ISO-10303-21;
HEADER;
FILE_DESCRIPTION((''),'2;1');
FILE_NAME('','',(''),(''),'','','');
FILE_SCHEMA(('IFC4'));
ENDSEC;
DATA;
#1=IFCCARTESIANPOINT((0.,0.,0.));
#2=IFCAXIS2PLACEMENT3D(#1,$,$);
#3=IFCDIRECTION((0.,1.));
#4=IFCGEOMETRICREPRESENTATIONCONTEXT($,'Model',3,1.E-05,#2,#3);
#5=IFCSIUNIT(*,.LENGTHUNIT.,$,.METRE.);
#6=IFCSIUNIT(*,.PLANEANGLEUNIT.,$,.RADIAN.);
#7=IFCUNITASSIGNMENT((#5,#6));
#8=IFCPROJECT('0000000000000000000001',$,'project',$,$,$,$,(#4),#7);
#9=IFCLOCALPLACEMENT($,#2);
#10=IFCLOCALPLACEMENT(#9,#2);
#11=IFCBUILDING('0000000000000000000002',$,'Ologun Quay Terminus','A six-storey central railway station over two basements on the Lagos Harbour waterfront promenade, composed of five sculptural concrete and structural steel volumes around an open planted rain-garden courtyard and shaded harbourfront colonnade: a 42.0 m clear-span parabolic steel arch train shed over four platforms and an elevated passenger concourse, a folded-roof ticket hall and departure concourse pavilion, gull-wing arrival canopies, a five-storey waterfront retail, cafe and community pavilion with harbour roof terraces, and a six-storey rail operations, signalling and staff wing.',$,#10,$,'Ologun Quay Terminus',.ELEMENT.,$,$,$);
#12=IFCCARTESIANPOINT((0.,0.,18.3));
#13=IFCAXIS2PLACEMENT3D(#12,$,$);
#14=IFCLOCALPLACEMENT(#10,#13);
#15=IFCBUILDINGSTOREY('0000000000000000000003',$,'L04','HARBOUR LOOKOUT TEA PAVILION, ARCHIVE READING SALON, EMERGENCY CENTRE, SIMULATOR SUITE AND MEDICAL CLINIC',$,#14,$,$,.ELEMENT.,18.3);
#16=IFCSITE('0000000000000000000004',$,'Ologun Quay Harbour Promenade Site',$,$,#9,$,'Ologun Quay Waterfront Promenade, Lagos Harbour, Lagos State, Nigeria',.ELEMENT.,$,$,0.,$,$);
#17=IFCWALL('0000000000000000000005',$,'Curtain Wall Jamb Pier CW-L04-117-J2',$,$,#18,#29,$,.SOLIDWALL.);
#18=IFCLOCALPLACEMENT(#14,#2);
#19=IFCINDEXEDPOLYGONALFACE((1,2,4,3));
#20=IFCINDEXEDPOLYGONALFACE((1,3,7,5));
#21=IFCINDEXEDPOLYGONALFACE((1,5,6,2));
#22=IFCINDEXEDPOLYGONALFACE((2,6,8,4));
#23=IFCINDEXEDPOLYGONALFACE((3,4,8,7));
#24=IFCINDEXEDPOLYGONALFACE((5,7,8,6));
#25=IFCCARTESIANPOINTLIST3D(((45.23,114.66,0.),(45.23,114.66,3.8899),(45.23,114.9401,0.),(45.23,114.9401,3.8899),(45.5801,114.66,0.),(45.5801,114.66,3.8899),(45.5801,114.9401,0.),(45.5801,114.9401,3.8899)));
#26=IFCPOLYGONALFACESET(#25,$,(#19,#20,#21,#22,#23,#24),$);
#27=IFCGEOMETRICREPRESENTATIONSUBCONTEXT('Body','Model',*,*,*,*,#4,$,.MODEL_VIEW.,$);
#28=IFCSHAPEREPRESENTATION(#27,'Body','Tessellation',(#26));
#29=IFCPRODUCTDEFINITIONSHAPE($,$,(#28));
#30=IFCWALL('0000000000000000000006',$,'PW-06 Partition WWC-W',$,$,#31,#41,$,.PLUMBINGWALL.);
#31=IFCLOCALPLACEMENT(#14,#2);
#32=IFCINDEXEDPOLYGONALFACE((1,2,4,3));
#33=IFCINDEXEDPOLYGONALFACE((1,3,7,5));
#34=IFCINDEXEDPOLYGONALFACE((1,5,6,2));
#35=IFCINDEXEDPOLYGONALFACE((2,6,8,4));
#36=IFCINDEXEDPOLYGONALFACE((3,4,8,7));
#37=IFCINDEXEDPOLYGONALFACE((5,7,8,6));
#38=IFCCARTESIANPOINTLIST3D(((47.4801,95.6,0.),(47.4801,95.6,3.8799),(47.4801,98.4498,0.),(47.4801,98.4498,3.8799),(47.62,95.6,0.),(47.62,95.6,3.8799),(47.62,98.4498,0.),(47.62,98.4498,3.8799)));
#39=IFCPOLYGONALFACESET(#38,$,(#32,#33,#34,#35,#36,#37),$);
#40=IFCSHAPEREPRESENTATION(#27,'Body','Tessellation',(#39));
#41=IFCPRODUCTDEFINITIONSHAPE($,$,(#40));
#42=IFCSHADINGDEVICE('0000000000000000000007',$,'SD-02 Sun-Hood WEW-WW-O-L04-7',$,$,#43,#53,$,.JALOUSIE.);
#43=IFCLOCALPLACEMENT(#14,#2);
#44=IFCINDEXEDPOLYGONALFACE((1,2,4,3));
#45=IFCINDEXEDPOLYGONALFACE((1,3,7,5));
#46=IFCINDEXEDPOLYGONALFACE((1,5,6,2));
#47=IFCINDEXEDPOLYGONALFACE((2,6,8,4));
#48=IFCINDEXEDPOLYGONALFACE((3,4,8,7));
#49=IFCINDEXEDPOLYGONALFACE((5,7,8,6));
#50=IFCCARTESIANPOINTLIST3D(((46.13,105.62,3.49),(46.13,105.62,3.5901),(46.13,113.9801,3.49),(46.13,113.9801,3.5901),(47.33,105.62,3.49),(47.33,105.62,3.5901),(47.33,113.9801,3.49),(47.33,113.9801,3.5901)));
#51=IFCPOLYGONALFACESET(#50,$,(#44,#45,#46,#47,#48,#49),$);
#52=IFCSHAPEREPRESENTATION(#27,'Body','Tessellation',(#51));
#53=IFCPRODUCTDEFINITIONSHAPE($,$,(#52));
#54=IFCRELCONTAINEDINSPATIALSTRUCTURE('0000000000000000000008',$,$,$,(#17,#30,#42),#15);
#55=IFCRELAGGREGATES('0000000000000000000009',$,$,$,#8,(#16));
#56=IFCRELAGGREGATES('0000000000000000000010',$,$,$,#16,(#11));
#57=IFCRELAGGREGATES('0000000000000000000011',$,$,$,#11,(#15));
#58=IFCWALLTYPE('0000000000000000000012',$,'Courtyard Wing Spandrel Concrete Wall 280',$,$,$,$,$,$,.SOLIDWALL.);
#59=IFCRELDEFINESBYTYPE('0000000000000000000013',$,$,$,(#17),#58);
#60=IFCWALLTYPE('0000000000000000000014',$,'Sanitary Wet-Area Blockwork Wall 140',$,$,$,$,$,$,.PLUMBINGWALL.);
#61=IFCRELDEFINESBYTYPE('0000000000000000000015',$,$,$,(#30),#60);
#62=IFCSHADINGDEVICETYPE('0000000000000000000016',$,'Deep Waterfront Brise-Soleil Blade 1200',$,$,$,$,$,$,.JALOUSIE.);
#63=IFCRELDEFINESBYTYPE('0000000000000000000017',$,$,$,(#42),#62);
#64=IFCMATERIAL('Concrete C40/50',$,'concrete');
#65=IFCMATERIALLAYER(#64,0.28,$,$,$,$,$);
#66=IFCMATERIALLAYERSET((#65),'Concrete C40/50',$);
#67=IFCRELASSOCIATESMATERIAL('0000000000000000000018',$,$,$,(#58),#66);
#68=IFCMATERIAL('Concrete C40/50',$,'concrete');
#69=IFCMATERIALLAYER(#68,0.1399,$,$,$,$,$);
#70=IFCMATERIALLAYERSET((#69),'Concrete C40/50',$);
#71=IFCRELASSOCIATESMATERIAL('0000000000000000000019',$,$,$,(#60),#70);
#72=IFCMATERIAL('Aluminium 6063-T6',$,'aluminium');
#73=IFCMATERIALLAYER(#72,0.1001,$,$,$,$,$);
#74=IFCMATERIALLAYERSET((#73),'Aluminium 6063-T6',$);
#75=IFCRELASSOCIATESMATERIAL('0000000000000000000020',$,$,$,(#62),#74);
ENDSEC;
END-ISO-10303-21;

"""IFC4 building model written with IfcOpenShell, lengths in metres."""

from ifc_helpers import new_model, si_unit, direction, frame, frame_2d, origin, origin_2d, place, context, subcontext, project, spatial, rectangle, extrude, material, layer, layer_set, type_object, element, save


model = new_model("IFC4")

# Units and contexts
model_context = context("Model", 3, precision=1e-05, world=origin(), true_north=direction((0.0, 1.0)))
body_context = subcontext(model_context, "Body", "Model", "MODEL_VIEW")
ifc_project = project(units=[si_unit("LENGTHUNIT", "METRE"), si_unit("PLANEANGLEUNIT", "RADIAN")], contexts=[model_context])

# Site, building, storey
site_placement = place(None, origin())
site = spatial("IfcSite", under=ifc_project, at=site_placement, Name="Ologun Quay Harbour Promenade Site", LongName="Ologun Quay Waterfront Promenade, Lagos Harbour, Lagos State, Nigeria", CompositionType="ELEMENT", RefElevation=0.0)
building_placement = place(site_placement, origin())
building = spatial("IfcBuilding", under=site, at=building_placement, Name="Ologun Quay Terminus", Description="A six-storey central railway station over two basements on the Lagos Harbour waterfront promenade, composed of five sculptural concrete and structural steel volumes around an open planted rain-garden courtyard and shaded harbourfront colonnade: a 42.0 m clear-span parabolic steel arch train shed over four platforms and an elevated passenger concourse, a folded-roof ticket hall and departure concourse pavilion, gull-wing arrival canopies, a five-storey waterfront retail, cafe and community pavilion with harbour roof terraces, and a six-storey rail operations, signalling and staff wing.", LongName="Ologun Quay Terminus", CompositionType="ELEMENT")
storey_placement = place(building_placement, frame((0.0, 0.0, 18.3)))
storey = spatial("IfcBuildingStorey", under=building, at=storey_placement, Name="L04", Description="HARBOUR LOOKOUT TEA PAVILION, ARCHIVE READING SALON, EMERGENCY CENTRE, SIMULATOR SUITE AND MEDICAL CLINIC", CompositionType="ELEMENT", Elevation=18.3)

# Shared definitions
ifc_material_1 = material(Name="Concrete C40/50", Category="concrete")
ifc_layer_1 = layer(ifc_material_1, 0.28)
ifc_layer_set_1 = layer_set([ifc_layer_1], Name="Concrete C40/50")
wall_type_1 = type_object("IfcWallType", Name="Courtyard Wing Spandrel Concrete Wall 280", PredefinedType="SOLIDWALL", material=ifc_layer_set_1)

# Walls
wall_1_placement = place(storey_placement, frame((45.23, 114.8, 0.0), z_axis=(0.0, 0.0, 1.0), x_axis=(1.0, 0.0, 0.0)))
element("IfcWall", 1, at=wall_1_placement, inside=storey, type_object=wall_type_1, Name="Curtain Wall Jamb Pier CW-L04-117-J2", PredefinedType="SOLIDWALL", context=body_context, shape_type="SweptSolid", body=[
    extrude(rectangle(XDim=0.3501, YDim=0.28, at=frame_2d((0.175, 0.0))), origin(), (0.0, 0.0, 1.0), 3.8899),
])
ifc_material_2 = material(Name="Concrete C40/50", Category="concrete")
ifc_layer_2 = layer(ifc_material_2, 0.1399)
ifc_layer_set_2 = layer_set([ifc_layer_2], Name="Concrete C40/50")
wall_type_2 = type_object("IfcWallType", Name="Sanitary Wet-Area Blockwork Wall 140", PredefinedType="PLUMBINGWALL", material=ifc_layer_set_2)
wall_2_placement = place(storey_placement, frame((47.55, 95.6001, 0.0), z_axis=(0.0, 0.0, 1.0), x_axis=(0.0, 1.0, 0.0)))
element("IfcWall", 2, at=wall_2_placement, inside=storey, type_object=wall_type_2, Name="PW-06 Partition WWC-W", PredefinedType="PLUMBINGWALL", context=body_context, shape_type="SweptSolid", body=[
    extrude(rectangle(XDim=2.8499, YDim=0.1399, at=frame_2d((1.4248, 0.0))), origin(), (0.0, 0.0, 1.0), 3.8799),
])

# Shading device
ifc_material_3 = material(Name="Aluminium 6063-T6", Category="aluminium")
ifc_layer_3 = layer(ifc_material_3, 0.1001)
ifc_layer_set_3 = layer_set([ifc_layer_3], Name="Aluminium 6063-T6")
shading_device_type = type_object("IfcShadingDeviceType", Name="Deep Waterfront Brise-Soleil Blade 1200", PredefinedType="JALOUSIE", material=ifc_layer_set_3)
shading_device_placement = place(storey_placement, frame((46.73, 109.8, 3.49), z_axis=(0.0, 0.0, 1.0), x_axis=(1.0, 0.0, 0.0)))
element("IfcShadingDevice", 3, at=shading_device_placement, inside=storey, type_object=shading_device_type, Name="SD-02 Sun-Hood WEW-WW-O-L04-7", PredefinedType="JALOUSIE", context=body_context, shape_type="SweptSolid", body=[
    extrude(rectangle(XDim=1.2, YDim=8.3601, at=origin_2d()), origin(), (0.0, 0.0, 1.0), 0.1001),
])

save(model, "model.ifc")
